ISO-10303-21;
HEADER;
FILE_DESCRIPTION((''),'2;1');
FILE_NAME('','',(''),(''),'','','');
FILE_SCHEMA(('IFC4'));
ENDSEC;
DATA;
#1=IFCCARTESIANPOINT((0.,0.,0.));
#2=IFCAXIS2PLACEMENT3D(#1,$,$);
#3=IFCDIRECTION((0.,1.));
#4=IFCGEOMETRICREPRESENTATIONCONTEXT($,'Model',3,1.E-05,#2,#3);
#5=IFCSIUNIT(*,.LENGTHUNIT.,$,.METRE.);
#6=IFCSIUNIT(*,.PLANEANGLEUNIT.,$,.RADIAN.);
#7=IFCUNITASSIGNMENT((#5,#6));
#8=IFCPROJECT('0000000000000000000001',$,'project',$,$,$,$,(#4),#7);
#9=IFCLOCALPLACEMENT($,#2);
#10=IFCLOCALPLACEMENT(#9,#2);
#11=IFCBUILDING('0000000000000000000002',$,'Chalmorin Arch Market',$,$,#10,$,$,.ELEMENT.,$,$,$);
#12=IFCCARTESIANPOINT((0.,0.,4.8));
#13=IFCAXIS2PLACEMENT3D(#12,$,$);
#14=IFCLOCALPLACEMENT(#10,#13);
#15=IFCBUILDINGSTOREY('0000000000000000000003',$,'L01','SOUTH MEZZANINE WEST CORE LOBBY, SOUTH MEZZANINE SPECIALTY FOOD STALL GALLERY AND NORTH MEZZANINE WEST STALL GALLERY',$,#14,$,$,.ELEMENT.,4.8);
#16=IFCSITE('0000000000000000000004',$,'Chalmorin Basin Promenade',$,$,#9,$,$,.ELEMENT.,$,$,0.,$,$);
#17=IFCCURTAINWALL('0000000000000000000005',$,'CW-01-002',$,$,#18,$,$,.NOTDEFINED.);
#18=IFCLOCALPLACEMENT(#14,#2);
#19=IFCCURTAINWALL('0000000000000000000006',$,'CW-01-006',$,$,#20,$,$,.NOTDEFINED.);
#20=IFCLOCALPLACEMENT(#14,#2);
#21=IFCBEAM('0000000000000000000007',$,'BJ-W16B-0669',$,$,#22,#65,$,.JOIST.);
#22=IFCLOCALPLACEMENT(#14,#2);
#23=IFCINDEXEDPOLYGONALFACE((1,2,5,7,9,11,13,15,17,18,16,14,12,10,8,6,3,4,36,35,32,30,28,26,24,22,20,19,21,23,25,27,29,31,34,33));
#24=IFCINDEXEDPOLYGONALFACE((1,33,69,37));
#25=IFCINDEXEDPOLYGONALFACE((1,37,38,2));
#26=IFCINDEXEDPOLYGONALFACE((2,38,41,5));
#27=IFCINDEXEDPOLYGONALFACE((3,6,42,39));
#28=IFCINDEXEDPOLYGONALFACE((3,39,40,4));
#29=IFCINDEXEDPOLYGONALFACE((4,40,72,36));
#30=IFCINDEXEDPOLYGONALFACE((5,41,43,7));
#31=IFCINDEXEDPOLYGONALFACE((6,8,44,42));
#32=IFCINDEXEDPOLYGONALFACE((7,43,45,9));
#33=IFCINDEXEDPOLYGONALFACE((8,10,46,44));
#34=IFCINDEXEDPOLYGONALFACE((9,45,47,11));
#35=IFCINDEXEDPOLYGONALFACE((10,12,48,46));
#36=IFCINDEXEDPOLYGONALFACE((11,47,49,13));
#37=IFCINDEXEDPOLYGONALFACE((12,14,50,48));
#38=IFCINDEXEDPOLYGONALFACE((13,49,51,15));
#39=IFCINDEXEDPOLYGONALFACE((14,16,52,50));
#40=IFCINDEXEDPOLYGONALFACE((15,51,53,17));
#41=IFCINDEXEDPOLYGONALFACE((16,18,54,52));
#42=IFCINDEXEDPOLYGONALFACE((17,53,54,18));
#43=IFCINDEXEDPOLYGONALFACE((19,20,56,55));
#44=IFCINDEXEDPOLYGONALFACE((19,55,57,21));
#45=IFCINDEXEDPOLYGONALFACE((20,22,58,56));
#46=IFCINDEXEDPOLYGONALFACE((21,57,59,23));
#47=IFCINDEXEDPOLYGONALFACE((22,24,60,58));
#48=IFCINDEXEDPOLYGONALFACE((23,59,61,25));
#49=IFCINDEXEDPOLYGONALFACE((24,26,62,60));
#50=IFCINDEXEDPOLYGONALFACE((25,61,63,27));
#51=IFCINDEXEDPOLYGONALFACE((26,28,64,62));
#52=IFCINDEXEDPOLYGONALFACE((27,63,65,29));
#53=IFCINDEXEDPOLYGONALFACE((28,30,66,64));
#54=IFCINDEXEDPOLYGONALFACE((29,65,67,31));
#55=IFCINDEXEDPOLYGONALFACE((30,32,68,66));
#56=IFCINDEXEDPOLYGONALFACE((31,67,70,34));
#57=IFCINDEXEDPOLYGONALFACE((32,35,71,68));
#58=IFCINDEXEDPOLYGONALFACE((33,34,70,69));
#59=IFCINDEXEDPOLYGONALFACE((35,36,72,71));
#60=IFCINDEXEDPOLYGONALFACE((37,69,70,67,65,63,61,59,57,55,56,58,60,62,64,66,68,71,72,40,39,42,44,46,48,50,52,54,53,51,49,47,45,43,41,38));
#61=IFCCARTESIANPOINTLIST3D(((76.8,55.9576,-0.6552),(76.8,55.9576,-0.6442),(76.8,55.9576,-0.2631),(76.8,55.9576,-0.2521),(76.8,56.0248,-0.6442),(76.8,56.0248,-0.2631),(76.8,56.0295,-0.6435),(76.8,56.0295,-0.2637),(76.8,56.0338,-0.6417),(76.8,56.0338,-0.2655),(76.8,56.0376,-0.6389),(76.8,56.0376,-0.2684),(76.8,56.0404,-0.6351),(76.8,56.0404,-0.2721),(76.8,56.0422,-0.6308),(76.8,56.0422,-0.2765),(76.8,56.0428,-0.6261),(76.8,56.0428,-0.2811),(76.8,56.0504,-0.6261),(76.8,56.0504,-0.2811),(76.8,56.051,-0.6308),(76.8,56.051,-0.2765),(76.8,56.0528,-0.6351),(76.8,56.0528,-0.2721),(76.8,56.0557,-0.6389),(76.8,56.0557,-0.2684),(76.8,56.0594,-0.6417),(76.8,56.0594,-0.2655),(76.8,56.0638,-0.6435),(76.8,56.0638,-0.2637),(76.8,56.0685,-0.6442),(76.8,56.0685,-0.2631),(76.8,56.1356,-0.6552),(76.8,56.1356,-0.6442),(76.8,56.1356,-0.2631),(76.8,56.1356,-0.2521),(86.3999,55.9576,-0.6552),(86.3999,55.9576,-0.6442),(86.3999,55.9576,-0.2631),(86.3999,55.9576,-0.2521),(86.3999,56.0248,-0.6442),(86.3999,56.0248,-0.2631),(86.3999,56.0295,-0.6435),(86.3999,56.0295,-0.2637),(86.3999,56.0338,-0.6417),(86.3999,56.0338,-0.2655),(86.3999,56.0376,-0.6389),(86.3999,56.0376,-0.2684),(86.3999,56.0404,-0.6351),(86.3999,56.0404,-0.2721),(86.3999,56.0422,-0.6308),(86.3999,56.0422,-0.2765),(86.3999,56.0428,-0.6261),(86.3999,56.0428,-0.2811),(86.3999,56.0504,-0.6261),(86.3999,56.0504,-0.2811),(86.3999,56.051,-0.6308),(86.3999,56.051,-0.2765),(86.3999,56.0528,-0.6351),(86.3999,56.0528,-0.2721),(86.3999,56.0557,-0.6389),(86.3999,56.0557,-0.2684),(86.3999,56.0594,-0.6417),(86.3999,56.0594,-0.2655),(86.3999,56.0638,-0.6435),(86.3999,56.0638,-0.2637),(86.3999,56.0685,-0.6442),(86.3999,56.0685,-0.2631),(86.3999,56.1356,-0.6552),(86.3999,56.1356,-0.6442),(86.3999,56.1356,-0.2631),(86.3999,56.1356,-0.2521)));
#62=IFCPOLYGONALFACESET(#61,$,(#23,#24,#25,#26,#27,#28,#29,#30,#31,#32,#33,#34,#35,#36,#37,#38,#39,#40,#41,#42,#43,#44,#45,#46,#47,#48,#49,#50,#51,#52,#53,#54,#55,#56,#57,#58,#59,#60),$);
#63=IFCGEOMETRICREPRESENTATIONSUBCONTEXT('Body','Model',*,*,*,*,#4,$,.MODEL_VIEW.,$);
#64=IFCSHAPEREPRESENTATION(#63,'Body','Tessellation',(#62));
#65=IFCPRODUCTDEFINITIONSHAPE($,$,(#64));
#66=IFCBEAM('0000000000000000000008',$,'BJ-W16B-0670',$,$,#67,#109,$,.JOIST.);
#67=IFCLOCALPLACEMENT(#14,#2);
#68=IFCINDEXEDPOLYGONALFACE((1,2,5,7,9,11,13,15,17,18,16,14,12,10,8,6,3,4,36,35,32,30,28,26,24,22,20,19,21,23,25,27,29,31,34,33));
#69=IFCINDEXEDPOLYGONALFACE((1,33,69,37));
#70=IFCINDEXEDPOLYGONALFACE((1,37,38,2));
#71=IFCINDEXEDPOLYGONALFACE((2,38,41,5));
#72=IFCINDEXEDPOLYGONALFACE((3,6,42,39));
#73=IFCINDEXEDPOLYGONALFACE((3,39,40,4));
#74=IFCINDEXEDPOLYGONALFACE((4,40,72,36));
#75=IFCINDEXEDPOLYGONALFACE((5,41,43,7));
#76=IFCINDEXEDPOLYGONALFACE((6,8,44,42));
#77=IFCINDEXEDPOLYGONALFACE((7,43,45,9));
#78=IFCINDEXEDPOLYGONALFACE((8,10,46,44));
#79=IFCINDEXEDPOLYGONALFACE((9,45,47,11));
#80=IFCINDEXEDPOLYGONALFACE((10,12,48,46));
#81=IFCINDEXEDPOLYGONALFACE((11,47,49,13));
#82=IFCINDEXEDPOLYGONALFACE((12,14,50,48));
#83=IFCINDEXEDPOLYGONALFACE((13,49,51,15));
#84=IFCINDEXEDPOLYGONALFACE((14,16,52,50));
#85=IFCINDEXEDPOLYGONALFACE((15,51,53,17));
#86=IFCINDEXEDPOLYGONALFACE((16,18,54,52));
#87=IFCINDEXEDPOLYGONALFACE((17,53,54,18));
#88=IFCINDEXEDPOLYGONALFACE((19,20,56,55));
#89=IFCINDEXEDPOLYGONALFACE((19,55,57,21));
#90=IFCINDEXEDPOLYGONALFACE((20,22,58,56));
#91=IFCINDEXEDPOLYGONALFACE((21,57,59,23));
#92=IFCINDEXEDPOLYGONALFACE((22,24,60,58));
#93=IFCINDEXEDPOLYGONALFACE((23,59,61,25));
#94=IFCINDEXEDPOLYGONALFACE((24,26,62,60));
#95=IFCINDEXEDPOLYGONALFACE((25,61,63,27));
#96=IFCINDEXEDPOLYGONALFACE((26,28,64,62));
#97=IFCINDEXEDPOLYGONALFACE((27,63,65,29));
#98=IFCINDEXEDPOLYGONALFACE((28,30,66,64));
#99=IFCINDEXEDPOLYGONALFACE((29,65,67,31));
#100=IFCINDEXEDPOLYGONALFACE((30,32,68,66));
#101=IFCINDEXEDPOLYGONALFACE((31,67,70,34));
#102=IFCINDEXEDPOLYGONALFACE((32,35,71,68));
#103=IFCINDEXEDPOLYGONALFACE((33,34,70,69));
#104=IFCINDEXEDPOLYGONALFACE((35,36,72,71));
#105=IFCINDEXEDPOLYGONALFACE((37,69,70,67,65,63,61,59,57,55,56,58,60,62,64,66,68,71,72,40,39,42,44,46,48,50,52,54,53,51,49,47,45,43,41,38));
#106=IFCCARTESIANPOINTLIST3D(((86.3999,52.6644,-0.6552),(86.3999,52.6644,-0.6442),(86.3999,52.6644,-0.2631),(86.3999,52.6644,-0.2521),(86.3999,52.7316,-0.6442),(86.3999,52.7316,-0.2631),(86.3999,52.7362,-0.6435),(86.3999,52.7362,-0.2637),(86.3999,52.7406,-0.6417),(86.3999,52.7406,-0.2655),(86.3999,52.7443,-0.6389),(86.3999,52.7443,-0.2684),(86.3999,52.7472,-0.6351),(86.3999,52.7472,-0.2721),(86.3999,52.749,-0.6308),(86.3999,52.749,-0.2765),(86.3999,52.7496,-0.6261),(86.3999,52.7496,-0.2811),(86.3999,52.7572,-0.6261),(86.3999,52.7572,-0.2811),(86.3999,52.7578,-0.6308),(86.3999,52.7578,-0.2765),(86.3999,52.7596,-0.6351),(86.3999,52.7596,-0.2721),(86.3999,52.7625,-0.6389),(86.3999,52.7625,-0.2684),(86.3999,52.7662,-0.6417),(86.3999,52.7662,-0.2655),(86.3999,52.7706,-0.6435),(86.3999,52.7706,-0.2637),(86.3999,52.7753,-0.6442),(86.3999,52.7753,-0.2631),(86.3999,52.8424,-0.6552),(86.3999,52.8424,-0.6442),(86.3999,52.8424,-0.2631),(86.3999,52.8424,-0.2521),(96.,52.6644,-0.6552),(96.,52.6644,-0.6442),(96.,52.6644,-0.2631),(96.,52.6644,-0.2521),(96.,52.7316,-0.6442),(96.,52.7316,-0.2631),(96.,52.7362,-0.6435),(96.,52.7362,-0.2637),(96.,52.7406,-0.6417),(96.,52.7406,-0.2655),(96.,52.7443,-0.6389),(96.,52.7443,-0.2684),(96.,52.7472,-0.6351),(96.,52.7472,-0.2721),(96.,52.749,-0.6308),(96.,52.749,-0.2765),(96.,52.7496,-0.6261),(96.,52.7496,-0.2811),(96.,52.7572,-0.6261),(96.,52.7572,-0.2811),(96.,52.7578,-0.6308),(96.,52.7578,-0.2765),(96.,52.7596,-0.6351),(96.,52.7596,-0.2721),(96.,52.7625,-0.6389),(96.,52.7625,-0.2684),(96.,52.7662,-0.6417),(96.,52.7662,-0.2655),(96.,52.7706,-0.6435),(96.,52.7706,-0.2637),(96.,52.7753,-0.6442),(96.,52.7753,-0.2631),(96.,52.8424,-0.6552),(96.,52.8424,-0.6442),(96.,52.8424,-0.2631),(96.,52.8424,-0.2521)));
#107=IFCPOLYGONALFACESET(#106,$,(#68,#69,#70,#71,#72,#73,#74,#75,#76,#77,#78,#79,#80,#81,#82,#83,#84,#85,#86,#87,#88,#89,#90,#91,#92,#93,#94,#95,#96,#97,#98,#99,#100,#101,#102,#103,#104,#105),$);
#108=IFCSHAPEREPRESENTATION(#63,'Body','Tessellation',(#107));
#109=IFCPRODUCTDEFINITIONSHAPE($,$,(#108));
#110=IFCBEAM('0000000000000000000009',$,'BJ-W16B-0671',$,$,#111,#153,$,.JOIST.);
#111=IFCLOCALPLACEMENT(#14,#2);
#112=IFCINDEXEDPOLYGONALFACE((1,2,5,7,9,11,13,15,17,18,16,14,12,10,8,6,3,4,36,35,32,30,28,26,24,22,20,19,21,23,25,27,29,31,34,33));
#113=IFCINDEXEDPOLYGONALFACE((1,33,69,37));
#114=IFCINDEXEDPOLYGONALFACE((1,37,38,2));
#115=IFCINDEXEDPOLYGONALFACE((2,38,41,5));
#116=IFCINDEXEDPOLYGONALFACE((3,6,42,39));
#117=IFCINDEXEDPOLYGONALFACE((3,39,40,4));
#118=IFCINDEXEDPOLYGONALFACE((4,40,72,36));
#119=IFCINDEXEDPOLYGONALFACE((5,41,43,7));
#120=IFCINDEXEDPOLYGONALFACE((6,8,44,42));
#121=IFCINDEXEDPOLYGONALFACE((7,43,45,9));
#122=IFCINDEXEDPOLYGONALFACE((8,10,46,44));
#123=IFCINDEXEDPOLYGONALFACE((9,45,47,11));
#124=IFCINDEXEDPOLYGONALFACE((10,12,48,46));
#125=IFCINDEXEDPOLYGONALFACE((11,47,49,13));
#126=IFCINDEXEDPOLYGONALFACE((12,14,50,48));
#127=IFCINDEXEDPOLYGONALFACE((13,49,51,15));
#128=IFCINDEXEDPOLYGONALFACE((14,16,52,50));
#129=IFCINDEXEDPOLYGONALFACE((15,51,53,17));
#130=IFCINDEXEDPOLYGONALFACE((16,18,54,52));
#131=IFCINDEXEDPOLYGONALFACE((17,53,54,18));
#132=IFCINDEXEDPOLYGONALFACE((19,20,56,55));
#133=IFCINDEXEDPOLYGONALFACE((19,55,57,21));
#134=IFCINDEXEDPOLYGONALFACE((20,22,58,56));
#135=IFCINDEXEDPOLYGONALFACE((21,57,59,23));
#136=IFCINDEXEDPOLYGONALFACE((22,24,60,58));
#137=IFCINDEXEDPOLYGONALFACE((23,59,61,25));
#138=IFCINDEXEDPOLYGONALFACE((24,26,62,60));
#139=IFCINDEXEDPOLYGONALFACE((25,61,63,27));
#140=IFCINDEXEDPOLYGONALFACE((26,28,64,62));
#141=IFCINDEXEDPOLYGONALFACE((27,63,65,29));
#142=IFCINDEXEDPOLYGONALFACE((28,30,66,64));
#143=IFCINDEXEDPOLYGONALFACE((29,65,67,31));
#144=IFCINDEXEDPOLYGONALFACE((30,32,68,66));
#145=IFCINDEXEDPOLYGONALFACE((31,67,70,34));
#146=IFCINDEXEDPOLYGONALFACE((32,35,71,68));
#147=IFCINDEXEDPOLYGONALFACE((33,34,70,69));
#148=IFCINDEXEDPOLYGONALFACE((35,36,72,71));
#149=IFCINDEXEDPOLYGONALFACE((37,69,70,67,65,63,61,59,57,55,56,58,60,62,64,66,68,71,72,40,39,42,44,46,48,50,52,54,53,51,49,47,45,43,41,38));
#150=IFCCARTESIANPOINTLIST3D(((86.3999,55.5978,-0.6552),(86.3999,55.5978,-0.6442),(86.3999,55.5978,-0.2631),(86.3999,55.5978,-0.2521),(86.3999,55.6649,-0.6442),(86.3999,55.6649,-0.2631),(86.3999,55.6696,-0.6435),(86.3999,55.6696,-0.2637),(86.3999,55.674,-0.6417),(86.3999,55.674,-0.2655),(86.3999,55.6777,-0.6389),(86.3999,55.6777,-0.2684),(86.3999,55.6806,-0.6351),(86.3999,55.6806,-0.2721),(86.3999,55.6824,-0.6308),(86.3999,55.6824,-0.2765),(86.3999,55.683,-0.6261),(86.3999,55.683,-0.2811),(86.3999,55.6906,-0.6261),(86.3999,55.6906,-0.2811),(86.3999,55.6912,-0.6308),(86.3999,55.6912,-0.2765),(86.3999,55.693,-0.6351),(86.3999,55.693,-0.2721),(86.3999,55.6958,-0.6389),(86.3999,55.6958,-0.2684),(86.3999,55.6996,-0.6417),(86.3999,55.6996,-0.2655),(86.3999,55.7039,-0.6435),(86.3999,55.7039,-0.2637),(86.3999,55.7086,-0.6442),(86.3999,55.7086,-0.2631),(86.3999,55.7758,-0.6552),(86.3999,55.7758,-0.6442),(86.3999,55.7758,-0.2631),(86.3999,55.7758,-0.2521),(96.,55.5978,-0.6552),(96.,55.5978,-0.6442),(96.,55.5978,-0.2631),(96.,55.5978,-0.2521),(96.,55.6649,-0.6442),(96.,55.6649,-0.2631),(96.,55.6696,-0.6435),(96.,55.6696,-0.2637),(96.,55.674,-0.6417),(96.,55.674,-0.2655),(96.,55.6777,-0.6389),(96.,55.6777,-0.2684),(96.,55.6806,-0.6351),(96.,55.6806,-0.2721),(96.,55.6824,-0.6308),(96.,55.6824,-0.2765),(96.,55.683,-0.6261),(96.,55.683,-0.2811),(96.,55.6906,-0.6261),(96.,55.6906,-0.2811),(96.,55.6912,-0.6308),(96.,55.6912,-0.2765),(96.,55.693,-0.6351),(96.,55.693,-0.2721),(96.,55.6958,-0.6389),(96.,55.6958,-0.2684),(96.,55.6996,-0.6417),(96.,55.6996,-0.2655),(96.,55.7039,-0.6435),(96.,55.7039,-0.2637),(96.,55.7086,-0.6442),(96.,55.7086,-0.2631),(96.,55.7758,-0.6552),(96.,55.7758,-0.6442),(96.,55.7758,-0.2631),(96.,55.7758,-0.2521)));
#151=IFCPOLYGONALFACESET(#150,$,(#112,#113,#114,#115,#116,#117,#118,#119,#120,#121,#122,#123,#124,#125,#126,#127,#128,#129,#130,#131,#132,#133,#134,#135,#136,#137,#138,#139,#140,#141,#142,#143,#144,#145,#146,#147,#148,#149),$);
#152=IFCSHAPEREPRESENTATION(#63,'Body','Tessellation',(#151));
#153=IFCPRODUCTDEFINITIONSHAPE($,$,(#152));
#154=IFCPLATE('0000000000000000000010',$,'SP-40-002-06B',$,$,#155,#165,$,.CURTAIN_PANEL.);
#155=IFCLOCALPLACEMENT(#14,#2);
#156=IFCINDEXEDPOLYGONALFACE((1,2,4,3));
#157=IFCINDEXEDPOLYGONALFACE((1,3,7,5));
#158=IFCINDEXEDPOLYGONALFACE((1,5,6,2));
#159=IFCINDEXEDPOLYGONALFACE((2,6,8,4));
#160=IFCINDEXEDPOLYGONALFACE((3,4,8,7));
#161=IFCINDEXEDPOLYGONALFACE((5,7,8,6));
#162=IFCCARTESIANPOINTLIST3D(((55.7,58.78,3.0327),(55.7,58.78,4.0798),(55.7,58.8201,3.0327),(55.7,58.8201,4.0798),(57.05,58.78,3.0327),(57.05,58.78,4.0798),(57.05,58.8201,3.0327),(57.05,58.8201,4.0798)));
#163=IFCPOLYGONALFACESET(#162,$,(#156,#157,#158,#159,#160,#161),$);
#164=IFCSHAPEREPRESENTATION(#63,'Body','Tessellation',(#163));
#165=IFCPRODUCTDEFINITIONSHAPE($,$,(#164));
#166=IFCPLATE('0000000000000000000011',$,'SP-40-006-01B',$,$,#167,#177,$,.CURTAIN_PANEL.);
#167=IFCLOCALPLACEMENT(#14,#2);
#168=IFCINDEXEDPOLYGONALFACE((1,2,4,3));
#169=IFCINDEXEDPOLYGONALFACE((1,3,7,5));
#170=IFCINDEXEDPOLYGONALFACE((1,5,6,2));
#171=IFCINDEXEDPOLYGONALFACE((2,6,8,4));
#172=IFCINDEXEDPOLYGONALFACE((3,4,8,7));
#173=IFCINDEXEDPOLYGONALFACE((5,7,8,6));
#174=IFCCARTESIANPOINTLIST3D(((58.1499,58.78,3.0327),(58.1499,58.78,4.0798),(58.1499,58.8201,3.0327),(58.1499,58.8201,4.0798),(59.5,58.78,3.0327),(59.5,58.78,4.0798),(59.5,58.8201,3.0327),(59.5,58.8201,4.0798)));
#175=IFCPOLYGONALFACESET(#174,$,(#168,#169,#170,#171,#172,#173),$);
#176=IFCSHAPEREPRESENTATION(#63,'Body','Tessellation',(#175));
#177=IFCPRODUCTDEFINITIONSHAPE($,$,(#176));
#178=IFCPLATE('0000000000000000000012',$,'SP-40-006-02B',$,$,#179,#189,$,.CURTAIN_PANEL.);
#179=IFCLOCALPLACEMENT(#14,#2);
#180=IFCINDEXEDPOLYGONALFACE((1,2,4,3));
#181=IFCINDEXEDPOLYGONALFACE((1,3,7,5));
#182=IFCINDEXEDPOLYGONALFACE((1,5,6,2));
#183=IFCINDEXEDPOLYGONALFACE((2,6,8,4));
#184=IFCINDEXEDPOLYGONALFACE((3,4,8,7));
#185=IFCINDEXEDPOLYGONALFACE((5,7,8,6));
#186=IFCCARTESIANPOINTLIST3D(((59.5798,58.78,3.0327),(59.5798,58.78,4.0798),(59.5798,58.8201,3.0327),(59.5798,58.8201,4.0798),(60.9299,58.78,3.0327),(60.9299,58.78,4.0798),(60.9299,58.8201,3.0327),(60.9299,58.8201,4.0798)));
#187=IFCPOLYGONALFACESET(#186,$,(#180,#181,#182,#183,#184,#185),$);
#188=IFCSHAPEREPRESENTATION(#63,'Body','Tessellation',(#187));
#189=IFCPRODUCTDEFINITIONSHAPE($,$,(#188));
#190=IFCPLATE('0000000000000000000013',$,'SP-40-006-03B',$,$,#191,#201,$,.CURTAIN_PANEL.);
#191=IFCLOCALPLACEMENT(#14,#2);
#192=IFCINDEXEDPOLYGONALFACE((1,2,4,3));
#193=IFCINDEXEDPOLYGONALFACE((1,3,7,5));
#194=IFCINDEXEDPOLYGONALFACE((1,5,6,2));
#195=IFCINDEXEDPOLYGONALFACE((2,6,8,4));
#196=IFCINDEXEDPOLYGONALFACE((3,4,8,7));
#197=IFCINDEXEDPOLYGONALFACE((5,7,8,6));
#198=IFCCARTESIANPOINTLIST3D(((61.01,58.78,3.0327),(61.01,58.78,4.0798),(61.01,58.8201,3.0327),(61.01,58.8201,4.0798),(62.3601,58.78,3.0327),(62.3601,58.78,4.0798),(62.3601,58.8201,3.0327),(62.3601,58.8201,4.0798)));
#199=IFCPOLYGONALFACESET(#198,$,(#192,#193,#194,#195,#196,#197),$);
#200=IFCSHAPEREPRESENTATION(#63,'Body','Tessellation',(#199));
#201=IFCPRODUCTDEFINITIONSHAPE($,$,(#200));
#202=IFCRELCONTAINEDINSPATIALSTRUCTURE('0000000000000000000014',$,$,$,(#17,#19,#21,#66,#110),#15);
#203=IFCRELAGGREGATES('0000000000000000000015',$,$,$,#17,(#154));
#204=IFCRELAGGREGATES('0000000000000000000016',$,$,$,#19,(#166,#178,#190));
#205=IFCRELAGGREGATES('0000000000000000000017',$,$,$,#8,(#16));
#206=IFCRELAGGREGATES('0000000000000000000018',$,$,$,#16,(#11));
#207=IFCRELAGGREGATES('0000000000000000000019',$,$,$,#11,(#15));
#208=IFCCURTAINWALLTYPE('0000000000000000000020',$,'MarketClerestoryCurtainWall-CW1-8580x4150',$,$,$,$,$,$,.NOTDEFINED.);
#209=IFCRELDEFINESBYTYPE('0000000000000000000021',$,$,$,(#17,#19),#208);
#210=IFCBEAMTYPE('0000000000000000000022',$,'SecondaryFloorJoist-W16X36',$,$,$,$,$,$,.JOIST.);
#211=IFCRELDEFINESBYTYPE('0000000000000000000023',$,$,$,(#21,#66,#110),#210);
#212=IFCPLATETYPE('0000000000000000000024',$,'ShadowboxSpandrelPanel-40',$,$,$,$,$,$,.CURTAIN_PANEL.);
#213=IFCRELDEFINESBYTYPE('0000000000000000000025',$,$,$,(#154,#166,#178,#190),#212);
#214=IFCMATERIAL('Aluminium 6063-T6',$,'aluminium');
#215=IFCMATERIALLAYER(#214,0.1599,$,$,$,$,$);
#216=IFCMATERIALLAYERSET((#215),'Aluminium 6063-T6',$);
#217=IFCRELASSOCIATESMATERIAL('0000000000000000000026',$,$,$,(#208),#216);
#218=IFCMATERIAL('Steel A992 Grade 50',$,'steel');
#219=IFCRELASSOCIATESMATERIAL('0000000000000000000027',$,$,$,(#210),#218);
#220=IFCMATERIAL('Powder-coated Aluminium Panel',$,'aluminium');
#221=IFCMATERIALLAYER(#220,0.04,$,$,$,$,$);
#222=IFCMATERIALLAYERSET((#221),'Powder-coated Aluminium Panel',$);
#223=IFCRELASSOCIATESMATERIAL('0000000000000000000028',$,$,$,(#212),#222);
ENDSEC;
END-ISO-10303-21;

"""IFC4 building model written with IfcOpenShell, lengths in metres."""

from ifc_helpers import new_model, si_unit, direction, frame, origin, origin_2d, place, context, subcontext, project, spatial, rectangle, i_section, extrude, material, layer, layer_set, material_profile, profile_set, type_object, element, aggregate, save


model = new_model("IFC4")

# Units and contexts
model_context = context("Model", 3, precision=1e-05, world=origin(), true_north=direction((0.0, 1.0)))
body_context = subcontext(model_context, "Body", "Model", "MODEL_VIEW")
ifc_project = project(units=[si_unit("LENGTHUNIT", "METRE"), si_unit("PLANEANGLEUNIT", "RADIAN")], contexts=[model_context])

# Site, building, storey
site_placement = place(None, origin())
site = spatial("IfcSite", under=ifc_project, at=site_placement, Name="Chalmorin Basin Promenade", CompositionType="ELEMENT", RefElevation=0.0)
building_placement = place(site_placement, origin())
building = spatial("IfcBuilding", under=site, at=building_placement, Name="Chalmorin Arch Market", CompositionType="ELEMENT")
storey_placement = place(building_placement, frame((0.0, 0.0, 4.8)))
storey = spatial("IfcBuildingStorey", under=building, at=storey_placement, Name="L01", Description="SOUTH MEZZANINE WEST CORE LOBBY, SOUTH MEZZANINE SPECIALTY FOOD STALL GALLERY AND NORTH MEZZANINE WEST STALL GALLERY", CompositionType="ELEMENT", Elevation=4.8)

# Curtain wall
ifc_material_1 = material(Name="Aluminium 6063-T6", Category="aluminium")
ifc_layer_1 = layer(ifc_material_1, 0.1599)
ifc_layer_set_1 = layer_set([ifc_layer_1], Name="Aluminium 6063-T6")
curtain_wall_type = type_object("IfcCurtainWallType", Name="MarketClerestoryCurtainWall-CW1-8580x4150", PredefinedType="NOTDEFINED", material=ifc_layer_set_1)
curtain_wall_1_placement = place(storey_placement, origin())
curtain_wall_1 = element("IfcCurtainWall", 1, at=curtain_wall_1_placement, inside=storey, type_object=curtain_wall_type, Name="CW-01-002", PredefinedType="NOTDEFINED")

# Curtain wall
curtain_wall_2_placement = place(storey_placement, origin())
curtain_wall_2 = element("IfcCurtainWall", 2, at=curtain_wall_2_placement, inside=storey, type_object=curtain_wall_type, Name="CW-01-006", PredefinedType="NOTDEFINED")

# Beams
ifc_material_2 = material(Name="Steel A992 Grade 50", Category="steel")
ifc_material_profile_1 = material_profile(ifc_material_2, i_section(OverallWidth=0.178, OverallDepth=0.4031, WebThickness=0.0076, FlangeThickness=0.011, FilletRadius=0.0181, at=origin_2d()), Name="W16X36")
ifc_profile_set_1 = profile_set([ifc_material_profile_1], Name="Steel A992 Grade 50")
beam_type_1 = type_object("IfcBeamType", Name="SecondaryFloorJoist-W16X36", PredefinedType="JOIST", material=ifc_profile_set_1)
for number, where, z_axis, x_axis, name in (
    (3, (76.8, 56.0466, -0.4536), (1.0, 0.0, 0.0), (0.0, 1.0, 0.0), "BJ-W16B-0669"),
):
    element("IfcBeam", number, at=place(storey_placement, frame(where, z_axis=z_axis, x_axis=x_axis)), inside=storey, type_object=beam_type_1, Name=name, PredefinedType="JOIST", context=body_context, shape_type="SweptSolid", body=[
        extrude(i_section(OverallWidth=0.178, OverallDepth=0.4031, WebThickness=0.0076, FlangeThickness=0.011, FilletRadius=0.0181, at=origin_2d()), origin(), (0.0, 0.0, 1.0), 9.5999),
    ])
for number, where, z_axis, x_axis, name in (
    (4, (86.3999, 52.7534, -0.4536), (1.0, 0.0, 0.0), (0.0, 1.0, 0.0), "BJ-W16B-0670"),
    (5, (86.3999, 55.6868, -0.4536), (1.0, 0.0, 0.0), (0.0, 1.0, 0.0), "BJ-W16B-0671"),
):
    element("IfcBeam", number, at=place(storey_placement, frame(where, z_axis=z_axis, x_axis=x_axis)), inside=storey, type_object=beam_type_1, Name=name, PredefinedType="JOIST", context=body_context, shape_type="SweptSolid", body=[
        extrude(i_section(OverallWidth=0.178, OverallDepth=0.4031, WebThickness=0.0076, FlangeThickness=0.011, FilletRadius=0.0181, at=origin_2d()), origin(), (0.0, 0.0, 1.0), 9.6001),
    ])

# Plates
ifc_material_3 = material(Name="Powder-coated Aluminium Panel", Category="aluminium")
ifc_layer_2 = layer(ifc_material_3, 0.04)
ifc_layer_set_2 = layer_set([ifc_layer_2], Name="Powder-coated Aluminium Panel")
plate_type_1 = type_object("IfcPlateType", Name="ShadowboxSpandrelPanel-40", PredefinedType="CURTAIN_PANEL", material=ifc_layer_set_2)
plate_1_placement = place(storey_placement, frame((56.375, 58.8, 3.0327), z_axis=(0.0, 0.0, 1.0), x_axis=(1.0, 0.0, 0.0)))
plate_1 = element("IfcPlate", 6, at=plate_1_placement, type_object=plate_type_1, Name="SP-40-002-06B", PredefinedType="CURTAIN_PANEL", context=body_context, shape_type="SweptSolid", body=[
    extrude(rectangle(XDim=1.3501, YDim=0.04, at=origin_2d()), origin(), (0.0, 0.0, 1.0), 1.0471),
])
plate_2_placement = place(storey_placement, frame((58.825, 58.8, 3.0327), z_axis=(0.0, 0.0, 1.0), x_axis=(1.0, 0.0, 0.0)))
plate_2 = element("IfcPlate", 7, at=plate_2_placement, type_object=plate_type_1, Name="SP-40-006-01B", PredefinedType="CURTAIN_PANEL", context=body_context, shape_type="SweptSolid", body=[
    extrude(rectangle(XDim=1.3501, YDim=0.04, at=origin_2d()), origin(), (0.0, 0.0, 1.0), 1.0471),
])
plate_3_placement = place(storey_placement, frame((60.2549, 58.8, 3.0327), z_axis=(0.0, 0.0, 1.0), x_axis=(1.0, 0.0, 0.0)))
plate_3 = element("IfcPlate", 8, at=plate_3_placement, type_object=plate_type_1, Name="SP-40-006-02B", PredefinedType="CURTAIN_PANEL", context=body_context, shape_type="SweptSolid", body=[
    extrude(rectangle(XDim=1.3501, YDim=0.04, at=origin_2d()), origin(), (0.0, 0.0, 1.0), 1.0471),
])
plate_4_placement = place(storey_placement, frame((61.6851, 58.8, 3.0327), z_axis=(0.0, 0.0, 1.0), x_axis=(1.0, 0.0, 0.0)))
plate_4 = element("IfcPlate", 9, at=plate_4_placement, type_object=plate_type_1, Name="SP-40-006-03B", PredefinedType="CURTAIN_PANEL", context=body_context, shape_type="SweptSolid", body=[
    extrude(rectangle(XDim=1.3501, YDim=0.04, at=origin_2d()), origin(), (0.0, 0.0, 1.0), 1.0471),
])
aggregate(curtain_wall_1, [plate_1])
aggregate(curtain_wall_2, [plate_2, plate_3, plate_4])

save(model, "model.ifc")
